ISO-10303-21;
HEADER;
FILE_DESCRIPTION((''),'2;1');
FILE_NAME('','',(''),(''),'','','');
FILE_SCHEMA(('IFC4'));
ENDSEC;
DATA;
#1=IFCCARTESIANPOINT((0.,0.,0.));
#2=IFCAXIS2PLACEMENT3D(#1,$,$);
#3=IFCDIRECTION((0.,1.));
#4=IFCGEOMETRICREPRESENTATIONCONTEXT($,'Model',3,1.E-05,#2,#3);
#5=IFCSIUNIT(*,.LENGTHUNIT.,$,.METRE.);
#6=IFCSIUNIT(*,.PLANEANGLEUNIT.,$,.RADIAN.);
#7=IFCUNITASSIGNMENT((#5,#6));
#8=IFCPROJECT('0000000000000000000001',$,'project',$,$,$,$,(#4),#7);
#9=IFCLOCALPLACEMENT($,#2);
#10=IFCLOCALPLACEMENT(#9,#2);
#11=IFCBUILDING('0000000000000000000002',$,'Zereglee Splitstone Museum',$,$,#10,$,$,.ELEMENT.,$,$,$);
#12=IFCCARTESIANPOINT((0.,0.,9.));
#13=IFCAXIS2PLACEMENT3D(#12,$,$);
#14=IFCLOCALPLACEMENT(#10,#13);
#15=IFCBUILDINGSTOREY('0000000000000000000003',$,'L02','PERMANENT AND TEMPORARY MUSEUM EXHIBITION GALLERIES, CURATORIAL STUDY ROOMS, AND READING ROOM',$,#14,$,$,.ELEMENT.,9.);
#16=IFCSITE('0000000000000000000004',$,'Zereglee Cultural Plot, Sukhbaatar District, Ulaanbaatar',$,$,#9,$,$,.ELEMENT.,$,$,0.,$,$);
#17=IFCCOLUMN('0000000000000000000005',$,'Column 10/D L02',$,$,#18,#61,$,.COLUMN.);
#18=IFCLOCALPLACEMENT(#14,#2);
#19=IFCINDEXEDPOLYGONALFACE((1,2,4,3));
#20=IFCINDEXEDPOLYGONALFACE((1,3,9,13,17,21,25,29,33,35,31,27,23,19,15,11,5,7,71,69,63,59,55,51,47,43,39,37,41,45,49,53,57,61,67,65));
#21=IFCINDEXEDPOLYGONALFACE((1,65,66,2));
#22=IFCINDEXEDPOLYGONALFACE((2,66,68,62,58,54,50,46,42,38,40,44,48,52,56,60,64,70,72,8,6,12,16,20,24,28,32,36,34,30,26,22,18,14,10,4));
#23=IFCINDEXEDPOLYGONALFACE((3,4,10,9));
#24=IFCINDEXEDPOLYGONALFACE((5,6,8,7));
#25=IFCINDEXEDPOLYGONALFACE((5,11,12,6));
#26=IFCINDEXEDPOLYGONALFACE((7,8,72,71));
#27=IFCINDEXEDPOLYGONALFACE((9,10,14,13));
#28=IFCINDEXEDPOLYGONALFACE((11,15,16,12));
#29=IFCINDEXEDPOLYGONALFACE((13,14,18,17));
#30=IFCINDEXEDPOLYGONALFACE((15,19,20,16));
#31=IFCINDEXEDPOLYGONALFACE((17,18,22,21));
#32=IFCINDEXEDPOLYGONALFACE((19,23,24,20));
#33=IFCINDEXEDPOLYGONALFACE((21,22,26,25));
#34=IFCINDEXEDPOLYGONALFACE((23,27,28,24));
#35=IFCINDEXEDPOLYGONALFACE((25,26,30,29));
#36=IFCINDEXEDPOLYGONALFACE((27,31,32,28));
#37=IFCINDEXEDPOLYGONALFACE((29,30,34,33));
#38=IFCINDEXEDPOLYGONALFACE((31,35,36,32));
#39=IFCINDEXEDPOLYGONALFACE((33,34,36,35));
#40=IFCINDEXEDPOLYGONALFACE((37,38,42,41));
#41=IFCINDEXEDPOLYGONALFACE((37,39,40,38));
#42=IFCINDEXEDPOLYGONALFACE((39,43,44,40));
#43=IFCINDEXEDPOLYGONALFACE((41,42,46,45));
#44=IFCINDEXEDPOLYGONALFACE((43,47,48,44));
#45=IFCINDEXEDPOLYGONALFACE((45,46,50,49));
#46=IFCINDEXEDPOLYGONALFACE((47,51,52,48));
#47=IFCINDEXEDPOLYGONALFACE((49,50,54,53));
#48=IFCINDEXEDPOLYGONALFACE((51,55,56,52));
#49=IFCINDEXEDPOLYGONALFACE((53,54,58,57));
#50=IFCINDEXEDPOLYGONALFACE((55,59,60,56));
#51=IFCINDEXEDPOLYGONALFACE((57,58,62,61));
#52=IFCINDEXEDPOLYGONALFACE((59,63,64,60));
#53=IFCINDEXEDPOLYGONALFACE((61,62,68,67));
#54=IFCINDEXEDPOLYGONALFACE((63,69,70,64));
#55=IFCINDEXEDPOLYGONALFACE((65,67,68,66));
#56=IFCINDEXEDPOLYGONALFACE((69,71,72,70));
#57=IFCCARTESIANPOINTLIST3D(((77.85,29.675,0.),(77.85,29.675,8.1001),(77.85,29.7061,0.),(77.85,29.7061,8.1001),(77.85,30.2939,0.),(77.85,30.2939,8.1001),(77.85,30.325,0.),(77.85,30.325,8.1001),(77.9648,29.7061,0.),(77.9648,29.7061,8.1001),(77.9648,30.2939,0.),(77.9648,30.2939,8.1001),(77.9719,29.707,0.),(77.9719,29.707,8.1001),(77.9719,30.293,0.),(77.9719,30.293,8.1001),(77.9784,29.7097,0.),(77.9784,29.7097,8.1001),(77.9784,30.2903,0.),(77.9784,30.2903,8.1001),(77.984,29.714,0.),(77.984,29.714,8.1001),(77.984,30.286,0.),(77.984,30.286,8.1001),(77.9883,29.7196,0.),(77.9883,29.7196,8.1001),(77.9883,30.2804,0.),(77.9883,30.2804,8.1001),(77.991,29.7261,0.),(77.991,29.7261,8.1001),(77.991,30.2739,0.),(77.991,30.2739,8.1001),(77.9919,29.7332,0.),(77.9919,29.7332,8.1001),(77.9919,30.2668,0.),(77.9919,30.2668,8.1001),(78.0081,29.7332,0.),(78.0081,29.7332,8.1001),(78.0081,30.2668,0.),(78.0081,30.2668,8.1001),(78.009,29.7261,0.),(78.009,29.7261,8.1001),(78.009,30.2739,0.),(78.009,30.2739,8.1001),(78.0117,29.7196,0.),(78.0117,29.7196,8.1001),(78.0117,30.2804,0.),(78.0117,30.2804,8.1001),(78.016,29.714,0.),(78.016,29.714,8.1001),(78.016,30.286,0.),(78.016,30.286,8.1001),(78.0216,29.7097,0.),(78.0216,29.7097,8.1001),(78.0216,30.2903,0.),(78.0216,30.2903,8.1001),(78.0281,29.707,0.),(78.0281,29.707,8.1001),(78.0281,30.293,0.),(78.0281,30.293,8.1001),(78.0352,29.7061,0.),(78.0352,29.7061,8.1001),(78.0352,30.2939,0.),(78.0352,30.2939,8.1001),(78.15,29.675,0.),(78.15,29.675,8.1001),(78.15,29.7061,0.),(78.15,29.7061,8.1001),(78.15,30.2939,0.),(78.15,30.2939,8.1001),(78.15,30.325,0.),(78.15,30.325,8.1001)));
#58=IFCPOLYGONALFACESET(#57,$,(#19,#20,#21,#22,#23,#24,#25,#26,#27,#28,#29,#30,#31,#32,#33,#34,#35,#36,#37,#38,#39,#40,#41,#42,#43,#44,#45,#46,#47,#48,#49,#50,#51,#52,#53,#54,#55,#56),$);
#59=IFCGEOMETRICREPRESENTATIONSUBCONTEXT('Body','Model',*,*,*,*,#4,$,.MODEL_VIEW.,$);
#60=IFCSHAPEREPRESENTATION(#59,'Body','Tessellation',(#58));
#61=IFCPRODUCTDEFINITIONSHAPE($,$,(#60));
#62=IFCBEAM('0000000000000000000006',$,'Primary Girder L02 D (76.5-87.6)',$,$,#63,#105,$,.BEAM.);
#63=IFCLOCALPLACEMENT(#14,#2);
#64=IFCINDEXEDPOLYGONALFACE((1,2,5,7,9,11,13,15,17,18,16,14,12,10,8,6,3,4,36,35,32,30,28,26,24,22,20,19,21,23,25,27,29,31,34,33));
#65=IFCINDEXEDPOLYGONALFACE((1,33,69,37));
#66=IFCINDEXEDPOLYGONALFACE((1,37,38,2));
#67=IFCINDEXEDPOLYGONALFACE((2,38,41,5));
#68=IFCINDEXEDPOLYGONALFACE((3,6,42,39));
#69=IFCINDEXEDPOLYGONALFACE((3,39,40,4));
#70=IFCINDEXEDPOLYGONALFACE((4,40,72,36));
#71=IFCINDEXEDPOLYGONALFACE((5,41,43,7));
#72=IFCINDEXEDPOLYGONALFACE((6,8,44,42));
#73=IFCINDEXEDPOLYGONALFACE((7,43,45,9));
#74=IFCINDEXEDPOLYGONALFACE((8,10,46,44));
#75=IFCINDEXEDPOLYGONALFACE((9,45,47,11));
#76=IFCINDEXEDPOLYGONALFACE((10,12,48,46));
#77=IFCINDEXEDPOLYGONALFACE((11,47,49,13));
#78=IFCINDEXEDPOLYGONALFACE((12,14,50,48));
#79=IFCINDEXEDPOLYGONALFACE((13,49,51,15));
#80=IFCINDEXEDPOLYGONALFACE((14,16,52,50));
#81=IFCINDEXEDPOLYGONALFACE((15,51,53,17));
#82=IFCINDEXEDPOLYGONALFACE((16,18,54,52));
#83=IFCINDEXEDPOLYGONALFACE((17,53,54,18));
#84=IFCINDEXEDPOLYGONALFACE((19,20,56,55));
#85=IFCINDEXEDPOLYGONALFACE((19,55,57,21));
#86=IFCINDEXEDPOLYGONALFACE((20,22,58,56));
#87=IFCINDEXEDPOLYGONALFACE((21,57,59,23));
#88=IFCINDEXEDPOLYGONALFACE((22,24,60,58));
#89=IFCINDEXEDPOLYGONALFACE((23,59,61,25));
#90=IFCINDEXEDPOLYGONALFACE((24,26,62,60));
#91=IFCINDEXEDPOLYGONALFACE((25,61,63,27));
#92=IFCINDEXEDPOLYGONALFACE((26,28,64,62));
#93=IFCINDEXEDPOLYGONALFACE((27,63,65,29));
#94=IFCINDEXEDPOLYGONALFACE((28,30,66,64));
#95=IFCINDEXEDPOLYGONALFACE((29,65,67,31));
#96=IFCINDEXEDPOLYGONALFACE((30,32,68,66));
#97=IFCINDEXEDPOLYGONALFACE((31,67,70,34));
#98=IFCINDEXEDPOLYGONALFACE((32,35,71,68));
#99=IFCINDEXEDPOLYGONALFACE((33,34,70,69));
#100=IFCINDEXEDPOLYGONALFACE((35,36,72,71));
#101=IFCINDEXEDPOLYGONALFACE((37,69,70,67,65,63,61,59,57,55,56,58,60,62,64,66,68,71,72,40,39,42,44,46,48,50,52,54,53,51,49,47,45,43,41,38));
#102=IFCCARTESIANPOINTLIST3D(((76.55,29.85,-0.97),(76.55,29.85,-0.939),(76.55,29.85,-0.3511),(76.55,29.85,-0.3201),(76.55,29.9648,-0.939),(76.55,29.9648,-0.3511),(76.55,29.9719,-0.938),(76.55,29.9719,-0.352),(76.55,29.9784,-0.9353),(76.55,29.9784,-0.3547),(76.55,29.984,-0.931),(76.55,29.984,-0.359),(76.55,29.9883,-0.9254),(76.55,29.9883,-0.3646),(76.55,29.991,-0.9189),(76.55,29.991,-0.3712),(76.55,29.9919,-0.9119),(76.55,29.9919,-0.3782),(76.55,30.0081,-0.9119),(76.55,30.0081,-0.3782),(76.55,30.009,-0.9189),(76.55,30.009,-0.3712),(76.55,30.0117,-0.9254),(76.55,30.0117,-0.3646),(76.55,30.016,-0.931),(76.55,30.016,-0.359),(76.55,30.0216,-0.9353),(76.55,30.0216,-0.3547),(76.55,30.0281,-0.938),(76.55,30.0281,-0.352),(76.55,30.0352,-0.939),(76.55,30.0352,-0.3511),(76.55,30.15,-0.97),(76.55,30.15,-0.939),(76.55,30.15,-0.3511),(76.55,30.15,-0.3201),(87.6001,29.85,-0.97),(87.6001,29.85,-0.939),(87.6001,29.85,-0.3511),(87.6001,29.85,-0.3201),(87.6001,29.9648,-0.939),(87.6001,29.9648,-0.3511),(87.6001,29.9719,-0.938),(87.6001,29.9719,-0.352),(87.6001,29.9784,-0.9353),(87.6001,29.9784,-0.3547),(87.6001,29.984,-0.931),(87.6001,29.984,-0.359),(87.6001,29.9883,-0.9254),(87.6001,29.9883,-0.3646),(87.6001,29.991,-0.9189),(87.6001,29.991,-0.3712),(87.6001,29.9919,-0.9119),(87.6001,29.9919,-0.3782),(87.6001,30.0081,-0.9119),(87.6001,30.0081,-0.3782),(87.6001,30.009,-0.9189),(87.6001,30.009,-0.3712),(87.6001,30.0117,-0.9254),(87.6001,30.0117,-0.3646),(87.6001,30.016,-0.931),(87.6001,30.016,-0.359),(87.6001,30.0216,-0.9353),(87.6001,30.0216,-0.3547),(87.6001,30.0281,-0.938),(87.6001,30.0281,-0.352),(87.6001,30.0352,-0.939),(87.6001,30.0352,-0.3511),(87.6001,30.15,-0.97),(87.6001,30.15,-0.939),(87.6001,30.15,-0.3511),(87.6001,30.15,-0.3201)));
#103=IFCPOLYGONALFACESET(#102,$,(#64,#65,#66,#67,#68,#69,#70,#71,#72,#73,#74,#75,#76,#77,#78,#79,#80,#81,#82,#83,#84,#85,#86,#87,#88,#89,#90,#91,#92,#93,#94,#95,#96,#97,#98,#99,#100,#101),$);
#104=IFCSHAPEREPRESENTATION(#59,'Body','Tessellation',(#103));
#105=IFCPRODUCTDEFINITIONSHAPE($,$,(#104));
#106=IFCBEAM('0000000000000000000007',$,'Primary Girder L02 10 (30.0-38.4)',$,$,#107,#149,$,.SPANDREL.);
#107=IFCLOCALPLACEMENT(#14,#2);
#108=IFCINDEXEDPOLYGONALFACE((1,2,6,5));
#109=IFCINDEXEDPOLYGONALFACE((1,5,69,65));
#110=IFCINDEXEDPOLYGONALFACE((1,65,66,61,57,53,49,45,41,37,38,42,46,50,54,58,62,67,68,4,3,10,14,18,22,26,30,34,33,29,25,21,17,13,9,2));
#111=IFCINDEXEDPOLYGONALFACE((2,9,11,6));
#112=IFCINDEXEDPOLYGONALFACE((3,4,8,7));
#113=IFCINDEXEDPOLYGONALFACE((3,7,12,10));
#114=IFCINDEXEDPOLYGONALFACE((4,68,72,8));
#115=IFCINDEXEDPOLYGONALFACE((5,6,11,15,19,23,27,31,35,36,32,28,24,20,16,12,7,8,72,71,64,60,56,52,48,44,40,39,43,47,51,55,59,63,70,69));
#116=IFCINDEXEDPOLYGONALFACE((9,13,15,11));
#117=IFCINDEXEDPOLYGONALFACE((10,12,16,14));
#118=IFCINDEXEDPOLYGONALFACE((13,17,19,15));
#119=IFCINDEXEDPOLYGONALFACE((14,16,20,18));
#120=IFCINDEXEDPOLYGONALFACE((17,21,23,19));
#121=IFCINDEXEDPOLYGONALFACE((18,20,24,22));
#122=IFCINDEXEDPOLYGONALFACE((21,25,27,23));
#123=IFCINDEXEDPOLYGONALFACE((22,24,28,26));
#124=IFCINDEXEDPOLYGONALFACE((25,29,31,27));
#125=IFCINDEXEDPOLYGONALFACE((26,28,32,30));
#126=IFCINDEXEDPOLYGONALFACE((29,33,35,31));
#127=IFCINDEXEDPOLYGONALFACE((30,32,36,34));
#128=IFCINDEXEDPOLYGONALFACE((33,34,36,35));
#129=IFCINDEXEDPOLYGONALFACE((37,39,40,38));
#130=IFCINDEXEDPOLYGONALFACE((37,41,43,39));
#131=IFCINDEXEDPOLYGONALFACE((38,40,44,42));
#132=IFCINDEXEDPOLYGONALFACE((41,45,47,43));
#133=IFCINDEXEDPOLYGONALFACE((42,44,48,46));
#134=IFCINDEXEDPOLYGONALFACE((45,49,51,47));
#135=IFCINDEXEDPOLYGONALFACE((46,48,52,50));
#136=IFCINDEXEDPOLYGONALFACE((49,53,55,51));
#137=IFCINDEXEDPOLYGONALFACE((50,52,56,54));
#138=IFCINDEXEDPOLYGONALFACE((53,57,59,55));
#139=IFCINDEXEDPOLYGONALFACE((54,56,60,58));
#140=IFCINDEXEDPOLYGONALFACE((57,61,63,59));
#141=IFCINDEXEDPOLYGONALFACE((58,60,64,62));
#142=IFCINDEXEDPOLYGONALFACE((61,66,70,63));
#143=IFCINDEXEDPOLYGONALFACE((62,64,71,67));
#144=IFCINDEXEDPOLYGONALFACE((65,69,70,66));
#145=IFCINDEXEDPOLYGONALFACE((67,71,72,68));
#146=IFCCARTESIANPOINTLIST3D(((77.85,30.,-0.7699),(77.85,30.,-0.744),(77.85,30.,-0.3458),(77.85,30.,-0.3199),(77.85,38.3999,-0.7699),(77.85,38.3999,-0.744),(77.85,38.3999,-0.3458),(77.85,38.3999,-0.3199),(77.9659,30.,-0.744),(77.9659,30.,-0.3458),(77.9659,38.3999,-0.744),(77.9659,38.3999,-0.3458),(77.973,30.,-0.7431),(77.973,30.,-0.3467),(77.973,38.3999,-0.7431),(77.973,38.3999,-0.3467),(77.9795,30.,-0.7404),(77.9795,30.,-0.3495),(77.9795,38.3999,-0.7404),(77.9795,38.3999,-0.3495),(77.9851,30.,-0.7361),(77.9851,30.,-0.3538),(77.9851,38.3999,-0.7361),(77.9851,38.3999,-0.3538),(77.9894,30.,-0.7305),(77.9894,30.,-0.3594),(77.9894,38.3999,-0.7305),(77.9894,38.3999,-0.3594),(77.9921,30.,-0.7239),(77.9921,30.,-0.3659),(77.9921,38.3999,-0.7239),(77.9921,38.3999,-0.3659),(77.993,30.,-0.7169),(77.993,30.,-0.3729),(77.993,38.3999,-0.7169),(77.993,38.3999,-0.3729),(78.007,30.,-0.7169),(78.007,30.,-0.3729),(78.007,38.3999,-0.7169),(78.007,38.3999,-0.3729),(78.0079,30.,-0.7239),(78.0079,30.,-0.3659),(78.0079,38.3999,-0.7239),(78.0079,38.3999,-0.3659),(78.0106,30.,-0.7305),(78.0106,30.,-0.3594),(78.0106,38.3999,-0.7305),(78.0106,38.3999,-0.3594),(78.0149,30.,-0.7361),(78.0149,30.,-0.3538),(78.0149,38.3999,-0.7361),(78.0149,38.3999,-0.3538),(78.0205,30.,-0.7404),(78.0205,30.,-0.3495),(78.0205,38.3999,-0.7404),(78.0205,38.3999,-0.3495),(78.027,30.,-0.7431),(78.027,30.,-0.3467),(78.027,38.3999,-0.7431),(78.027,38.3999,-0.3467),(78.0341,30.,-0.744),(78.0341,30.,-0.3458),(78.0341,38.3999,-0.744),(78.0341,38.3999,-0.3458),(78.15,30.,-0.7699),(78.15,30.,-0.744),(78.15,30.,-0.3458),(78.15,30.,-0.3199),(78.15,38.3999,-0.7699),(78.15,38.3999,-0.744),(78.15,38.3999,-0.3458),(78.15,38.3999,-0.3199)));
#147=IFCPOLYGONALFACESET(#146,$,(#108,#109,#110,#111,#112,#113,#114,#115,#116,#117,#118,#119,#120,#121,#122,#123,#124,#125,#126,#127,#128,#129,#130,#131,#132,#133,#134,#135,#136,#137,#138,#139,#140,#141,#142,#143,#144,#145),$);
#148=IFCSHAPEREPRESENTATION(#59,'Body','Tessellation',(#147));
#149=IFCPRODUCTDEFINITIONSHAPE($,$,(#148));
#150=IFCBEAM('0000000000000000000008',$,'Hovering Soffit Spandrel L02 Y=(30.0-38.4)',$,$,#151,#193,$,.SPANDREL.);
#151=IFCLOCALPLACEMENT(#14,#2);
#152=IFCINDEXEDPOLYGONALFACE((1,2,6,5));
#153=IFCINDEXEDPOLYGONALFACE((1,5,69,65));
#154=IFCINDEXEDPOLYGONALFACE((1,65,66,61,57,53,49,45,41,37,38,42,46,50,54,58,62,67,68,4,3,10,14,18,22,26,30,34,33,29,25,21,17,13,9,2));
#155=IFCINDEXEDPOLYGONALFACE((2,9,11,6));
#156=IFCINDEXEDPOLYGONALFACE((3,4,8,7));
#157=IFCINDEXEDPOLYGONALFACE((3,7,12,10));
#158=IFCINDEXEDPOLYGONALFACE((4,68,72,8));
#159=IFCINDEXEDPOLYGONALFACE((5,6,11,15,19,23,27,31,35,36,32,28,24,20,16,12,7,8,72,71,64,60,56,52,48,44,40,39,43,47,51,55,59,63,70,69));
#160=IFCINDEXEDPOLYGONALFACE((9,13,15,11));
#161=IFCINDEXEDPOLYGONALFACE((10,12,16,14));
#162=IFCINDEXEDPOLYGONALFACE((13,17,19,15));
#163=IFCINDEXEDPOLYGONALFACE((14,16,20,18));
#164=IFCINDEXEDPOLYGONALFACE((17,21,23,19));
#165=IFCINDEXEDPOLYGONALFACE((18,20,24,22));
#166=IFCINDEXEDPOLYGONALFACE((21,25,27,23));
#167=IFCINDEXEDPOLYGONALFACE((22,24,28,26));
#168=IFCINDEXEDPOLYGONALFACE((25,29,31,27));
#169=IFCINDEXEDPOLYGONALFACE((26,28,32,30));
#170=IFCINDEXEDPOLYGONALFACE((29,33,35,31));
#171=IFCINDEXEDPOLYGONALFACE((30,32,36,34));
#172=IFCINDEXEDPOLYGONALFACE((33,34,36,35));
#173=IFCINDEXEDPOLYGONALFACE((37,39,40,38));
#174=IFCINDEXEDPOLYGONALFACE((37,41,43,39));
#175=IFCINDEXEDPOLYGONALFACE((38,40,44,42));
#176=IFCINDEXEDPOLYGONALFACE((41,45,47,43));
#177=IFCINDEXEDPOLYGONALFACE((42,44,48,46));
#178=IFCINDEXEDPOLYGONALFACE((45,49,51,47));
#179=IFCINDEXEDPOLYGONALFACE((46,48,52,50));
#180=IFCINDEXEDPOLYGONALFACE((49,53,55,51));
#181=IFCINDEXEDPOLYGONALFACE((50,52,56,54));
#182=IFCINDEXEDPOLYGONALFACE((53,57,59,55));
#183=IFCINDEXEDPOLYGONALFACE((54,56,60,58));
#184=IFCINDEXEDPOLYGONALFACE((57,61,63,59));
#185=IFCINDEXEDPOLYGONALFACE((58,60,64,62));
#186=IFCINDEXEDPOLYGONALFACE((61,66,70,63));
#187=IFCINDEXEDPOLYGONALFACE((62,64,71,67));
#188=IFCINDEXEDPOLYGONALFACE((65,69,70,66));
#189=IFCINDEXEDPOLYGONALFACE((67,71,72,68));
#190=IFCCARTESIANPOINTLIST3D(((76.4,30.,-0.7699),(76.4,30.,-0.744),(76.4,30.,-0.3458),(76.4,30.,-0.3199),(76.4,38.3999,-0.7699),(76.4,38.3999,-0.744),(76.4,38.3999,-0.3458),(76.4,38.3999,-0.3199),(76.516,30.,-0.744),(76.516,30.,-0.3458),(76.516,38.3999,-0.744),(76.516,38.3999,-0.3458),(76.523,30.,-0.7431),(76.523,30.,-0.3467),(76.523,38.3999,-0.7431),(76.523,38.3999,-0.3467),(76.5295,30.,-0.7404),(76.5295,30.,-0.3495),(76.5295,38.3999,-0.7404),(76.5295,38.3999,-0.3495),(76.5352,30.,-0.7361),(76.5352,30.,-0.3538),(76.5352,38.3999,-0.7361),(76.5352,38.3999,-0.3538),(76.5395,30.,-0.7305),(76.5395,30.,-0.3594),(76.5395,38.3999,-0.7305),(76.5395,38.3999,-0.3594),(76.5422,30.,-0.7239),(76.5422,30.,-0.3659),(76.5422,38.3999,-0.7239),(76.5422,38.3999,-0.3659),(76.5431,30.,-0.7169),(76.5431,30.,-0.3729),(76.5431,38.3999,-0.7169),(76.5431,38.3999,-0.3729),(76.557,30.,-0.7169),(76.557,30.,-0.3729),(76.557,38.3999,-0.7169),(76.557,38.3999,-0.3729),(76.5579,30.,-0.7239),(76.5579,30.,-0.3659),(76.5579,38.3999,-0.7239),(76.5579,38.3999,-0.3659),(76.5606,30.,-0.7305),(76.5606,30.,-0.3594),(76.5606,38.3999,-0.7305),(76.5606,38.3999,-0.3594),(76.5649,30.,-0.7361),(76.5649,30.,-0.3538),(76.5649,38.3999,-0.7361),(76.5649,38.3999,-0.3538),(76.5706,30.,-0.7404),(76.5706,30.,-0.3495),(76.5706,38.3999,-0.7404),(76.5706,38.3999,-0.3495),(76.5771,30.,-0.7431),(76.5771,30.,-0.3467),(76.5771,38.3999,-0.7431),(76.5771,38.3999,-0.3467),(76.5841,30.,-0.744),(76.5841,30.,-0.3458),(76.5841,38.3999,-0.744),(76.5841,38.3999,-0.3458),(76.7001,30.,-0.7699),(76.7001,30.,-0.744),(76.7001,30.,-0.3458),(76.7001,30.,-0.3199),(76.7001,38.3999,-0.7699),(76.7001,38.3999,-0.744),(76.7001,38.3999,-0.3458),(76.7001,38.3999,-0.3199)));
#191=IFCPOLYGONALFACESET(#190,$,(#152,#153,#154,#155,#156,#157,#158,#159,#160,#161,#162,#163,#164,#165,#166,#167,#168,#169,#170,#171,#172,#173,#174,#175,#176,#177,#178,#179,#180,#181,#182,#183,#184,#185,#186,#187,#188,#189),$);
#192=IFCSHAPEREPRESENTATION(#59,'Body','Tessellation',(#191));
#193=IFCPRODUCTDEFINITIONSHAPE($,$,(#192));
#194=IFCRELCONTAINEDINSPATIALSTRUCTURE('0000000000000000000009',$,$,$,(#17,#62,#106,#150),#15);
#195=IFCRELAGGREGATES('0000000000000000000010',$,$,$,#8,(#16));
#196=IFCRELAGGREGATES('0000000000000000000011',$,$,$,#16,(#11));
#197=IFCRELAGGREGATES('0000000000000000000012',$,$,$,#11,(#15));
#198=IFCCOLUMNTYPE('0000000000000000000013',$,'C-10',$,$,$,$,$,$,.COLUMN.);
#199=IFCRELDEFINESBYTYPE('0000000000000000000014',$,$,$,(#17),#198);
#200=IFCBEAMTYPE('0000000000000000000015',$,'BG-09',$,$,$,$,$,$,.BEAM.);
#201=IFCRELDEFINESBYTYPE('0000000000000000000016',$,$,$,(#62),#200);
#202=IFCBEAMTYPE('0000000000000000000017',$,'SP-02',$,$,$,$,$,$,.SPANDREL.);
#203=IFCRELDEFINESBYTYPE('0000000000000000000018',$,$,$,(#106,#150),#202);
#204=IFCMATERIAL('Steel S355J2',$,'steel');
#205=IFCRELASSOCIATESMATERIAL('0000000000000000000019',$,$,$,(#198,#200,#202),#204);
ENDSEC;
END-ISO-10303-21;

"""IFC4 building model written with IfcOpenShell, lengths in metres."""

from ifc_helpers import new_model, si_unit, direction, frame, origin, origin_2d, place, context, subcontext, project, spatial, i_section, extrude, material, material_profile, profile_set, type_object, element, save


model = new_model("IFC4")

# Units and contexts
model_context = context("Model", 3, precision=1e-05, world=origin(), true_north=direction((0.0, 1.0)))
body_context = subcontext(model_context, "Body", "Model", "MODEL_VIEW")
ifc_project = project(units=[si_unit("LENGTHUNIT", "METRE"), si_unit("PLANEANGLEUNIT", "RADIAN")], contexts=[model_context])

# Site, building, storey
site_placement = place(None, origin())
site = spatial("IfcSite", under=ifc_project, at=site_placement, Name="Zereglee Cultural Plot, Sukhbaatar District, Ulaanbaatar", CompositionType="ELEMENT", RefElevation=0.0)
building_placement = place(site_placement, origin())
building = spatial("IfcBuilding", under=site, at=building_placement, Name="Zereglee Splitstone Museum", CompositionType="ELEMENT")
storey_placement = place(building_placement, frame((0.0, 0.0, 9.0)))
storey = spatial("IfcBuildingStorey", under=building, at=storey_placement, Name="L02", Description="PERMANENT AND TEMPORARY MUSEUM EXHIBITION GALLERIES, CURATORIAL STUDY ROOMS, AND READING ROOM", CompositionType="ELEMENT", Elevation=9.0)

# Column
ifc_material_1 = material(Name="Steel S355J2", Category="steel")
ifc_material_profile_1 = material_profile(ifc_material_1, i_section(OverallWidth=0.3, OverallDepth=0.6499, WebThickness=0.0161, FlangeThickness=0.031, FilletRadius=0.0271, at=origin_2d()), Name="HE 650 B")
ifc_profile_set_1 = profile_set([ifc_material_profile_1], Name="Steel S355J2")
column_type = type_object("IfcColumnType", Name="C-10", PredefinedType="COLUMN", material=ifc_profile_set_1)
column_placement = place(storey_placement, frame((78.0, 30.0, 0.0), z_axis=(0.0, 0.0, 1.0), x_axis=(1.0, 0.0, 0.0)))
element("IfcColumn", 1, at=column_placement, inside=storey, type_object=column_type, Name="Column 10/D L02", PredefinedType="COLUMN", context=body_context, shape_type="SweptSolid", body=[
    extrude(i_section(OverallWidth=0.3, OverallDepth=0.6499, WebThickness=0.0161, FlangeThickness=0.031, FilletRadius=0.0271, at=origin_2d()), origin(), (0.0, 0.0, 1.0), 8.1001),
])

# Beams
ifc_material_profile_2 = material_profile(ifc_material_1, i_section(OverallWidth=0.3, OverallDepth=0.6499, WebThickness=0.0161, FlangeThickness=0.031, FilletRadius=0.0271, at=origin_2d()), Name="HE 650 B")
ifc_profile_set_2 = profile_set([ifc_material_profile_2], Name="Steel S355J2")
beam_type_1 = type_object("IfcBeamType", Name="BG-09", PredefinedType="BEAM", material=ifc_profile_set_2)
beam_placement = place(storey_placement, frame((76.55, 30.0, -0.645), z_axis=(1.0, 0.0, 0.0), x_axis=(0.0, 1.0, 0.0)))
element("IfcBeam", 2, at=beam_placement, inside=storey, type_object=beam_type_1, Name="Primary Girder L02 D (76.5-87.6)", PredefinedType="BEAM", context=body_context, shape_type="SweptSolid", body=[
    extrude(i_section(OverallWidth=0.3, OverallDepth=0.6499, WebThickness=0.0161, FlangeThickness=0.031, FilletRadius=0.0271, at=origin_2d()), origin(), (0.0, 0.0, 1.0), 11.05),
])
ifc_material_profile_3 = material_profile(ifc_material_1, i_section(OverallWidth=0.3, OverallDepth=0.45, WebThickness=0.0139, FlangeThickness=0.0259, FilletRadius=0.0271, at=origin_2d()), Name="HE 450 B")
ifc_profile_set_3 = profile_set([ifc_material_profile_3], Name="Steel S355J2")
beam_type_2 = type_object("IfcBeamType", Name="SP-02", PredefinedType="SPANDREL", material=ifc_profile_set_3)
for number, where, z_axis, x_axis, name in (
    (3, (78.0, 30.0, -0.5449), (0.0, 1.0, 0.0), (-1.0, 0.0, 0.0), "Primary Girder L02 10 (30.0-38.4)"),
    (4, (76.55, 30.0, -0.5449), (0.0, 1.0, 0.0), (-1.0, 0.0, 0.0), "Hovering Soffit Spandrel L02 Y=(30.0-38.4)"),
):
    element("IfcBeam", number, at=place(storey_placement, frame(where, z_axis=z_axis, x_axis=x_axis)), inside=storey, type_object=beam_type_2, Name=name, PredefinedType="SPANDREL", context=body_context, shape_type="SweptSolid", body=[
        extrude(i_section(OverallWidth=0.3, OverallDepth=0.45, WebThickness=0.0139, FlangeThickness=0.0259, FilletRadius=0.0271, at=origin_2d()), origin(), (0.0, 0.0, 1.0), 8.3999),
    ])

save(model, "model.ifc")
